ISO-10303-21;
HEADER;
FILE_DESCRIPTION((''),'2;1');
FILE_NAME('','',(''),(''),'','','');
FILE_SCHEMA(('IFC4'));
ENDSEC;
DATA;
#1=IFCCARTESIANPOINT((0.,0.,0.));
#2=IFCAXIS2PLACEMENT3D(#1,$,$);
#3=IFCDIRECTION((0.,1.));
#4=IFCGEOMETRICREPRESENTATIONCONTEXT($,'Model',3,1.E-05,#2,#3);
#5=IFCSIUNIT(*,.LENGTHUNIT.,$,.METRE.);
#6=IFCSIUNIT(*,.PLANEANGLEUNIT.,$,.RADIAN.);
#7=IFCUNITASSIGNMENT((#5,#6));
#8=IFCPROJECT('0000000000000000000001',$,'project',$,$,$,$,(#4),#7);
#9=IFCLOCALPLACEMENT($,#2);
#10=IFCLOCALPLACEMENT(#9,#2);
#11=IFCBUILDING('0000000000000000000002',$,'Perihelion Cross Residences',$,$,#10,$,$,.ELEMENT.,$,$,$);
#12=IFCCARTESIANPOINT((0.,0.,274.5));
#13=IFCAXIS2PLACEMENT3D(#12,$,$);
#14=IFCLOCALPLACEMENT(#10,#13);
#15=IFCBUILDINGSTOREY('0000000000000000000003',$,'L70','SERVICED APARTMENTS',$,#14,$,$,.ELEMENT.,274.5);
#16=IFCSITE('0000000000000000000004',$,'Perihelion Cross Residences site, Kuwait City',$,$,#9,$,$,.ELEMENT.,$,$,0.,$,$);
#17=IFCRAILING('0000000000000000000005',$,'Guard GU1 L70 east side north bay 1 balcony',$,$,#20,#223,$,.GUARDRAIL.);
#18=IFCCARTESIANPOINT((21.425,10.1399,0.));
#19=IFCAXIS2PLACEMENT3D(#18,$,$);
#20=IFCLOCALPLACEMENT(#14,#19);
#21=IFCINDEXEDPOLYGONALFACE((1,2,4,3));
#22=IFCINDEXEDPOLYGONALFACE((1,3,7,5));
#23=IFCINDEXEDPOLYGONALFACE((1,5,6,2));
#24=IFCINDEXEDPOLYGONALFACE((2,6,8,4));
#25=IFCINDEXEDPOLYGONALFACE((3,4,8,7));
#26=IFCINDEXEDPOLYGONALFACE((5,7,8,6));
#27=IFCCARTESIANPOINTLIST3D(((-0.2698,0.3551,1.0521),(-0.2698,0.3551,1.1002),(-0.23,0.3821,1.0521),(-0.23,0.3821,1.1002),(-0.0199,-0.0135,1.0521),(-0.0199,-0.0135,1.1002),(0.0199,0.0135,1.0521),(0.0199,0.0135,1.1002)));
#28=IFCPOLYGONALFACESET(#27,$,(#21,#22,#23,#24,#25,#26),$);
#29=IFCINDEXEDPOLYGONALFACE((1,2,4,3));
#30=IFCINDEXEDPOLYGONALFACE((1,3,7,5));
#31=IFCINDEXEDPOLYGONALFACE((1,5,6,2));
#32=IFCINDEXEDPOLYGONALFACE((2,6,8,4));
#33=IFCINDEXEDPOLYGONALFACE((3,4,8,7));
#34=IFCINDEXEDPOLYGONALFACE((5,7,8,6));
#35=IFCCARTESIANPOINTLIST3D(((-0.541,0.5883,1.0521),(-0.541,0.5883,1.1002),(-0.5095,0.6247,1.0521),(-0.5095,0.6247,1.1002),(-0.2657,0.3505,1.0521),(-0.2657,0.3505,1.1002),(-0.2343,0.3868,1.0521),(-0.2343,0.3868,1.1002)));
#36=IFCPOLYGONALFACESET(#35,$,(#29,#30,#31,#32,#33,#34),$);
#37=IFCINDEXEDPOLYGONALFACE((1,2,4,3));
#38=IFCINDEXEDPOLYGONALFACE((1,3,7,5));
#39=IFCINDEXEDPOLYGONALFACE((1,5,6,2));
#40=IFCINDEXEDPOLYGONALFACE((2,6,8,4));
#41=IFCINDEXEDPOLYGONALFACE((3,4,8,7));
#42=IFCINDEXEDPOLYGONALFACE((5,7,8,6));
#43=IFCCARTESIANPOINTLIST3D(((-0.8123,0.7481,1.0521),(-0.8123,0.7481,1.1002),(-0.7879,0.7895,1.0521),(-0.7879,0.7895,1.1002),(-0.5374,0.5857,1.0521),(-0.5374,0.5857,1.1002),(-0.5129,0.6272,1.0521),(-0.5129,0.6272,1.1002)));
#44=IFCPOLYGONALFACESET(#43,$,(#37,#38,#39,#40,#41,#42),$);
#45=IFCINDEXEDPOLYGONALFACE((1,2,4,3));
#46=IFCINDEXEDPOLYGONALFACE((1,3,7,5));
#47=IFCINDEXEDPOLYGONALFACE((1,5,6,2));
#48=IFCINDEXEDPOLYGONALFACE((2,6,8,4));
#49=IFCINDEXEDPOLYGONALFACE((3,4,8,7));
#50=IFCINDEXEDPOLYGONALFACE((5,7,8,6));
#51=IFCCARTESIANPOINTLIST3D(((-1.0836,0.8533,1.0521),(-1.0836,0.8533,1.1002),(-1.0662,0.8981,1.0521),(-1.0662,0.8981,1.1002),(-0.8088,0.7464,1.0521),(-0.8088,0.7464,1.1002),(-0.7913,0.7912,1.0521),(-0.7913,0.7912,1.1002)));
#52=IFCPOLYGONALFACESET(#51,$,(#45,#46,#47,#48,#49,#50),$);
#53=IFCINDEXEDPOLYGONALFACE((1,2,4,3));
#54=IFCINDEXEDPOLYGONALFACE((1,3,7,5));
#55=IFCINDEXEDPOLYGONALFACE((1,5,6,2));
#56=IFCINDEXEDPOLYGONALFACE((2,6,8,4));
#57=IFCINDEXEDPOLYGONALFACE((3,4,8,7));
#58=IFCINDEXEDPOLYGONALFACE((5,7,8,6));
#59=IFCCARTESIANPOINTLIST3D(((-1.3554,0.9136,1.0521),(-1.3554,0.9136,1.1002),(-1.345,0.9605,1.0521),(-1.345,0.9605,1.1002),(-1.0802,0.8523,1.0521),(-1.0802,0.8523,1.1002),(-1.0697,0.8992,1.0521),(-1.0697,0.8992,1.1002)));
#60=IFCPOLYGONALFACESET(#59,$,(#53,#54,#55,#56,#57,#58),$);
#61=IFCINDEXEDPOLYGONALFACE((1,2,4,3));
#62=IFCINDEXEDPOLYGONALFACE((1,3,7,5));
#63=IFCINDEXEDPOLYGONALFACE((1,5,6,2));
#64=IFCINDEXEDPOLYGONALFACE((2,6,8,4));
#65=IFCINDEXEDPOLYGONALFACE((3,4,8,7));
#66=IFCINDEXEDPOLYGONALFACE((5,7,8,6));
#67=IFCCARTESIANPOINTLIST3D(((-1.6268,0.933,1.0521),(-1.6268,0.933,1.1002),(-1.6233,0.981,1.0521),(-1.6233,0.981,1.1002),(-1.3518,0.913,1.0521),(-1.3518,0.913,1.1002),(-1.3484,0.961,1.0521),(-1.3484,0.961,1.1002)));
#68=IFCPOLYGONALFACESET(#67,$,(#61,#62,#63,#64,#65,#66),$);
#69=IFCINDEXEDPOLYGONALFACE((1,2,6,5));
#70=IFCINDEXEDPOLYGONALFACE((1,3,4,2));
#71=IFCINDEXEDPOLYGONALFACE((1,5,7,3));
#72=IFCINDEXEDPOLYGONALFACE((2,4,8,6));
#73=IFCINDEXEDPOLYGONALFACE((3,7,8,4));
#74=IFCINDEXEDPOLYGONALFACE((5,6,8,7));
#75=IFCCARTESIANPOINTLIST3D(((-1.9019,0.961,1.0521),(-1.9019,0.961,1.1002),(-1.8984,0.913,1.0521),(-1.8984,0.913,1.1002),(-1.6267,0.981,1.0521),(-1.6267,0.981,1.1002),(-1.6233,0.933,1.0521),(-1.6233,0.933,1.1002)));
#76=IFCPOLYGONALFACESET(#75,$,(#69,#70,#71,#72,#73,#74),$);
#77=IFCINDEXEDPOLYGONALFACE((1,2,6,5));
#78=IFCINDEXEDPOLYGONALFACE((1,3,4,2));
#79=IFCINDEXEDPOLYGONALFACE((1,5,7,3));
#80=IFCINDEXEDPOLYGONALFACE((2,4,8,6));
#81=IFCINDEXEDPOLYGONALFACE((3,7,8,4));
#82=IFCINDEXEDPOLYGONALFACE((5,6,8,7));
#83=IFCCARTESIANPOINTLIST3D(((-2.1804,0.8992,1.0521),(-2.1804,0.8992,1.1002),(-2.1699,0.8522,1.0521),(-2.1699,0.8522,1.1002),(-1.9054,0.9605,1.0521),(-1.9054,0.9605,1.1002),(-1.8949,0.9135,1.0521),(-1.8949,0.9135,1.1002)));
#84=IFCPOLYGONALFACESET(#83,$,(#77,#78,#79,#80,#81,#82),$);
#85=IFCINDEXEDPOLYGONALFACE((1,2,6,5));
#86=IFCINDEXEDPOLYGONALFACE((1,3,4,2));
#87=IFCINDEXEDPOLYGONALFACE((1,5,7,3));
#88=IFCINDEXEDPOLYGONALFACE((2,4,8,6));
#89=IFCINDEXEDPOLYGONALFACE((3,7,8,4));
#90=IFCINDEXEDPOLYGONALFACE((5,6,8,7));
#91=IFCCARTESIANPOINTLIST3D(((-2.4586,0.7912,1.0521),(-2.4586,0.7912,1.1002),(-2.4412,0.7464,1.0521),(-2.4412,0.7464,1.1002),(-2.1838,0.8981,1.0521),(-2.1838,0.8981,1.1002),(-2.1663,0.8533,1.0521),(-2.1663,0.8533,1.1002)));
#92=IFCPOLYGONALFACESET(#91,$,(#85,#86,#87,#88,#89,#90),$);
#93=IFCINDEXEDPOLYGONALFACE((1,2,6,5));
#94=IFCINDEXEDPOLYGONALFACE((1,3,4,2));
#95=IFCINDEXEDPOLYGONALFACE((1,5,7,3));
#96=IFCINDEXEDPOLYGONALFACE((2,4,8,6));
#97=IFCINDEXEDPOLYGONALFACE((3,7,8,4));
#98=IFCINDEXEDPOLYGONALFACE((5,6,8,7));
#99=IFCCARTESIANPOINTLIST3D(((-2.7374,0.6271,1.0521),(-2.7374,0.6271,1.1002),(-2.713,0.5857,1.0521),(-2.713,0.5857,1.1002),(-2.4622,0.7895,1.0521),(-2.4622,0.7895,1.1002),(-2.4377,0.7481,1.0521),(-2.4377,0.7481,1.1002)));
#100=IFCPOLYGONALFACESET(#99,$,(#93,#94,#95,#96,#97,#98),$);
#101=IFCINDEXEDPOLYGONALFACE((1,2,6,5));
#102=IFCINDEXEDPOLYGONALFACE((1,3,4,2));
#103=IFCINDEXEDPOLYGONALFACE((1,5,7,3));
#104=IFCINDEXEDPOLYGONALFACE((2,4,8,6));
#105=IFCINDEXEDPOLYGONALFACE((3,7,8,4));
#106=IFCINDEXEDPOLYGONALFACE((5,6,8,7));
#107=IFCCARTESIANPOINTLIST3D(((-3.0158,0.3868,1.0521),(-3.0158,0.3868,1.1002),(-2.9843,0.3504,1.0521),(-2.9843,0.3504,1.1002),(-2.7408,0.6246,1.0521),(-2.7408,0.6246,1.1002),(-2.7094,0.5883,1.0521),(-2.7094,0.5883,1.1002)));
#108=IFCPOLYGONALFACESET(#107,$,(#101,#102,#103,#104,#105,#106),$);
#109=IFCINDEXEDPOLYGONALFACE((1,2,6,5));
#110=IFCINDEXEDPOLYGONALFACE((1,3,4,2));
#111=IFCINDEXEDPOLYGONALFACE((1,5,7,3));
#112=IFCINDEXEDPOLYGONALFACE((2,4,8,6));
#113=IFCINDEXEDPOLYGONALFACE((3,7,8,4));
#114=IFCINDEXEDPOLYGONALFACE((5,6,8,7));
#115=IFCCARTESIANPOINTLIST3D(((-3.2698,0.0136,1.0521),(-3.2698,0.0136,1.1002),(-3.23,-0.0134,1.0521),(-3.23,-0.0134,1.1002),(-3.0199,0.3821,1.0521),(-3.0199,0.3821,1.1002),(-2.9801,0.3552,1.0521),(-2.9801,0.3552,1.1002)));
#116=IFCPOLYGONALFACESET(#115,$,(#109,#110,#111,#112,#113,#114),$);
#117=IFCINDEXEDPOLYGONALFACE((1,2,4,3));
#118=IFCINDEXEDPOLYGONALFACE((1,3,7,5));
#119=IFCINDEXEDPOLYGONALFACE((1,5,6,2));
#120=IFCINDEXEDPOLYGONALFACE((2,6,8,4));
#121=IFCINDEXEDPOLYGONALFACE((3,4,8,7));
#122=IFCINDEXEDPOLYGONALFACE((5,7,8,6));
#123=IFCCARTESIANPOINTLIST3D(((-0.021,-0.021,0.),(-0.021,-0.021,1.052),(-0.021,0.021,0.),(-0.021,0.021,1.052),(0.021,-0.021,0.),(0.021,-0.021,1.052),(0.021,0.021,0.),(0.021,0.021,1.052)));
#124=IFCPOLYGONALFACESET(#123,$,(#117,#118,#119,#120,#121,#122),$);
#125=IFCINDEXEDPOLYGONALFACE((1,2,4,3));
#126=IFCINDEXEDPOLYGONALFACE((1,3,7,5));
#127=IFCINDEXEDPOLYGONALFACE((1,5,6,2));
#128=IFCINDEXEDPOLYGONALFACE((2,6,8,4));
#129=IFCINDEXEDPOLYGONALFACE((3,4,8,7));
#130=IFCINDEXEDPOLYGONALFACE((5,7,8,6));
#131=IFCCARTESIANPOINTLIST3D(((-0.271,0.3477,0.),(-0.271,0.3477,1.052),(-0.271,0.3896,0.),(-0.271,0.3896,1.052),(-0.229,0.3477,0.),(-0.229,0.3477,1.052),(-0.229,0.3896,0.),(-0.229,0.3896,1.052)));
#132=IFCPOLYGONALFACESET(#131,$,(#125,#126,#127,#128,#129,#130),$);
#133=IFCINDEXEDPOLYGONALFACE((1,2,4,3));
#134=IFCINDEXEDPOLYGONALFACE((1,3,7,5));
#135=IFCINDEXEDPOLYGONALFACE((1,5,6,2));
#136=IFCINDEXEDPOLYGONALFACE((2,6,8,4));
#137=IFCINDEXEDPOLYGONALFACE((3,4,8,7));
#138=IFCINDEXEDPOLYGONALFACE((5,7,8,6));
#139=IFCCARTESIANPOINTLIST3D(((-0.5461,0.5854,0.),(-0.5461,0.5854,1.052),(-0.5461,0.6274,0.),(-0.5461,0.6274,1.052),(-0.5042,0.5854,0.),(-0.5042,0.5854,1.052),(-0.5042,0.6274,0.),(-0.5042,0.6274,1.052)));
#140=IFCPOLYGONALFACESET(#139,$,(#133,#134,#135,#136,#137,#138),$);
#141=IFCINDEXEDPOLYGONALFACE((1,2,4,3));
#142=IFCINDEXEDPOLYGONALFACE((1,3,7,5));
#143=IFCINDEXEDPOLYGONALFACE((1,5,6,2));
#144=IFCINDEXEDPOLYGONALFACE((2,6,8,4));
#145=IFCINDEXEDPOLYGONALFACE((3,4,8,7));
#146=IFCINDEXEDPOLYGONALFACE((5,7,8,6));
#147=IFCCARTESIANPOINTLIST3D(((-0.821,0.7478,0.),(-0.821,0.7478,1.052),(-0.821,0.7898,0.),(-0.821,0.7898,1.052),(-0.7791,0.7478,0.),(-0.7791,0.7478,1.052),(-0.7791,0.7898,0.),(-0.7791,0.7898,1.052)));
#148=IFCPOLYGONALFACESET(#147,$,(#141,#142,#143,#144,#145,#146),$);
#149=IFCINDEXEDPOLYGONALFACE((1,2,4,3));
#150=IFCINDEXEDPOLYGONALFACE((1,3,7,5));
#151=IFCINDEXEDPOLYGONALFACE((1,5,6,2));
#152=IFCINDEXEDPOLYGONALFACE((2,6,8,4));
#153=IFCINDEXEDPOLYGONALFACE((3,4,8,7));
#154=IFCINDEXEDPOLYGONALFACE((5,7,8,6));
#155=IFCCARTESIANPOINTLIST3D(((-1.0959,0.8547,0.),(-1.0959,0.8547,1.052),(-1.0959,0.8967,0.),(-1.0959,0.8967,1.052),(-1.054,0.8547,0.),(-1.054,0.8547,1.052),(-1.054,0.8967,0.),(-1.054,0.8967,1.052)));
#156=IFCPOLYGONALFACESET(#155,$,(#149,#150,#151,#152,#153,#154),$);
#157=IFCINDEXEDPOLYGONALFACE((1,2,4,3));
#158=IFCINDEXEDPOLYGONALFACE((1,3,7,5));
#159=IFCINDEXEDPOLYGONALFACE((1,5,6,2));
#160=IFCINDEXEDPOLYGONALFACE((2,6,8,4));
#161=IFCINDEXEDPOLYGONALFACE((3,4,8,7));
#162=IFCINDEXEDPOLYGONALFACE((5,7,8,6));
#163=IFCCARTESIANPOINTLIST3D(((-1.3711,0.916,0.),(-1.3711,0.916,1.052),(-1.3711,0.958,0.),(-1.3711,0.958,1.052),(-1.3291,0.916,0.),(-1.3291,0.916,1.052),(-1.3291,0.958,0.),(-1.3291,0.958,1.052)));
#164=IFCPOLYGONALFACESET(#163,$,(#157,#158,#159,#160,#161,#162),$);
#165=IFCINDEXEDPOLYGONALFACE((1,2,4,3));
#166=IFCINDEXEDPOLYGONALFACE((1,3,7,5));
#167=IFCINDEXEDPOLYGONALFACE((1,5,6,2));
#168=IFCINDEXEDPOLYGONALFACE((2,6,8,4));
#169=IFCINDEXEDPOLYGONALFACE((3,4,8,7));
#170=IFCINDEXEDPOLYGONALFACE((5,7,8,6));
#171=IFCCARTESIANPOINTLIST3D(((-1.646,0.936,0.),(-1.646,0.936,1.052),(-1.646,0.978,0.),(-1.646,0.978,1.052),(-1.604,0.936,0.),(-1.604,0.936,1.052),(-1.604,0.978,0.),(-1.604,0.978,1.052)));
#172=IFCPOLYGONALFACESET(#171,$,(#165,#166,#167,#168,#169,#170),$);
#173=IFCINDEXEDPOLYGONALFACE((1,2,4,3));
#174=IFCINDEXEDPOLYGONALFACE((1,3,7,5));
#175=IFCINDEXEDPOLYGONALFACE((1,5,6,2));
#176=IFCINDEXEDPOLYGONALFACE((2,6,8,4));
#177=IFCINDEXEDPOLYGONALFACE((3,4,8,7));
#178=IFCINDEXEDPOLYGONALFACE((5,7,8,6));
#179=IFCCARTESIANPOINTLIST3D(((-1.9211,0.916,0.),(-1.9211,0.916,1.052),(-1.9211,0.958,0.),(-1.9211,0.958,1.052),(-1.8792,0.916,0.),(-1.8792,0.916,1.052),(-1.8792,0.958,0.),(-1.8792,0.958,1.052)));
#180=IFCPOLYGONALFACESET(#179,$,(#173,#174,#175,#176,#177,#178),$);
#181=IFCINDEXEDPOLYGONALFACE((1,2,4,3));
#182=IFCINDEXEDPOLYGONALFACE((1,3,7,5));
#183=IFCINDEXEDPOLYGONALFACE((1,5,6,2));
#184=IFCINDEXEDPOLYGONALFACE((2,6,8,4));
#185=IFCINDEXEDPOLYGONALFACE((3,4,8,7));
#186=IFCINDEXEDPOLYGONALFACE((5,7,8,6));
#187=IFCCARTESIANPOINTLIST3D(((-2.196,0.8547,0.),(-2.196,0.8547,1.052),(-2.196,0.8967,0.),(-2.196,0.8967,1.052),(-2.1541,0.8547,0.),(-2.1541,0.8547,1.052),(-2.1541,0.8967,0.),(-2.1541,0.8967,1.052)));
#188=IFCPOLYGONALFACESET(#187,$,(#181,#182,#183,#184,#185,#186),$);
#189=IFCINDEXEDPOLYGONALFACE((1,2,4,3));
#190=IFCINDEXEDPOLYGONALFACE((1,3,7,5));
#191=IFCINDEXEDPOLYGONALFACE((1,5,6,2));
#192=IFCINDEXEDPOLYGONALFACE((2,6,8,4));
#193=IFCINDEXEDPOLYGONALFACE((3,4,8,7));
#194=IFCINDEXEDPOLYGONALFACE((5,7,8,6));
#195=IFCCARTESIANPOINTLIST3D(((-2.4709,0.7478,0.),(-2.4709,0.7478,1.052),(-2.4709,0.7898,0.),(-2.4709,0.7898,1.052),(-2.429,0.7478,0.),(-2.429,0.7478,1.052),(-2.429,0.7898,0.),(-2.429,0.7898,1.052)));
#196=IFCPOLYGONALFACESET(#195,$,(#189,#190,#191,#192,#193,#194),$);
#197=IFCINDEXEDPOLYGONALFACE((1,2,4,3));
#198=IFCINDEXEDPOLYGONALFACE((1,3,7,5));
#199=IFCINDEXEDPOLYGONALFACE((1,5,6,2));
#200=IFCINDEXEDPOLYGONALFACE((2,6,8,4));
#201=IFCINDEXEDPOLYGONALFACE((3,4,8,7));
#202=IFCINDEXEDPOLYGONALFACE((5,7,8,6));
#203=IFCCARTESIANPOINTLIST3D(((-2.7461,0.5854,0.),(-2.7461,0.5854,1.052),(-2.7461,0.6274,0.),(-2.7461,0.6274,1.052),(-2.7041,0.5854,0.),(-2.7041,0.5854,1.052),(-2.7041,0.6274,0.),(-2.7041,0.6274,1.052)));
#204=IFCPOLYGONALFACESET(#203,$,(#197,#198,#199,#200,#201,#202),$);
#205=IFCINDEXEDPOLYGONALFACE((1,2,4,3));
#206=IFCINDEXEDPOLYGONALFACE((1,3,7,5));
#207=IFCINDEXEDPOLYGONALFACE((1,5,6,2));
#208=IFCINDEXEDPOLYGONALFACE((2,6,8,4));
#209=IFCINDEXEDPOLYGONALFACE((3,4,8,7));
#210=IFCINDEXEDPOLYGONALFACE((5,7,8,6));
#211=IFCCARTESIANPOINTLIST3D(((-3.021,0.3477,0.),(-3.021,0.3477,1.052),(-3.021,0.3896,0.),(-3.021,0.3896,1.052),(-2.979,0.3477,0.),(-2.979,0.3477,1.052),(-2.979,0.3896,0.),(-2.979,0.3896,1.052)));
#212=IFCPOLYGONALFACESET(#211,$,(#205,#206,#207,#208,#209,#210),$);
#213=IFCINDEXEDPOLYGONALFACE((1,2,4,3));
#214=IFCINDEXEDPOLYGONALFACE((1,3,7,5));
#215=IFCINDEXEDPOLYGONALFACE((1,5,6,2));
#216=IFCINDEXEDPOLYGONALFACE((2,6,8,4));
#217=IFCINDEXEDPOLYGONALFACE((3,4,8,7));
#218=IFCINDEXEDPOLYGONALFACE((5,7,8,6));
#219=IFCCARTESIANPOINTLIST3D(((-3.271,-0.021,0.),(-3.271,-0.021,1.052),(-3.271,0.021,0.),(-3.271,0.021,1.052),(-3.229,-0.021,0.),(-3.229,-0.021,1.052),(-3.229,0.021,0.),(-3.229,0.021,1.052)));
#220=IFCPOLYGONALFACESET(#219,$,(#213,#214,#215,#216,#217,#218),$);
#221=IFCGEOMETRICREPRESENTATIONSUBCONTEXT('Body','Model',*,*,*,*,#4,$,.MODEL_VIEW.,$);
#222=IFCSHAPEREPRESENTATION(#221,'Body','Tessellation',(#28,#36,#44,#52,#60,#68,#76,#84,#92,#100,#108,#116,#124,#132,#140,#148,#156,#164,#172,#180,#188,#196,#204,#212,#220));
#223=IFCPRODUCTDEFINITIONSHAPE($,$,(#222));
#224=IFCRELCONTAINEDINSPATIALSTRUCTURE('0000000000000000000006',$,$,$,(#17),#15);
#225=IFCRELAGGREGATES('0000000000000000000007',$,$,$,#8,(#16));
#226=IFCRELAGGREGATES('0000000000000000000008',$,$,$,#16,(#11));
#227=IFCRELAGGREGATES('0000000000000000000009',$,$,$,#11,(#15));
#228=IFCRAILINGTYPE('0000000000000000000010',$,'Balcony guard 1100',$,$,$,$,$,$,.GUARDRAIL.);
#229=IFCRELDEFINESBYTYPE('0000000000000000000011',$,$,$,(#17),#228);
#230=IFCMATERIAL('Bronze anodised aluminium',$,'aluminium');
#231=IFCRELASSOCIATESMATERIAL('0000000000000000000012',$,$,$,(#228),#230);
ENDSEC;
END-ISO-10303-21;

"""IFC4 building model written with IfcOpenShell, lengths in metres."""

from ifc_helpers import new_model, si_unit, direction, frame, origin, origin_2d, place, context, subcontext, project, spatial, rectangle, extrude, material, type_object, element, save


model = new_model("IFC4")

# Units and contexts
model_context = context("Model", 3, precision=1e-05, world=origin(), true_north=direction((0.0, 1.0)))
body_context = subcontext(model_context, "Body", "Model", "MODEL_VIEW")
ifc_project = project(units=[si_unit("LENGTHUNIT", "METRE"), si_unit("PLANEANGLEUNIT", "RADIAN")], contexts=[model_context])

# Site, building, storey
site_placement = place(None, origin())
site = spatial("IfcSite", under=ifc_project, at=site_placement, Name="Perihelion Cross Residences site, Kuwait City", CompositionType="ELEMENT", RefElevation=0.0)
building_placement = place(site_placement, origin())
building = spatial("IfcBuilding", under=site, at=building_placement, Name="Perihelion Cross Residences", CompositionType="ELEMENT")
storey_placement = place(building_placement, frame((0.0, 0.0, 274.5)))
storey = spatial("IfcBuildingStorey", under=building, at=storey_placement, Name="L70", Description="SERVICED APARTMENTS", CompositionType="ELEMENT", Elevation=274.5)

# Railing
ifc_material_1 = material(Name="Bronze anodised aluminium", Category="aluminium")
railing_type_1 = type_object("IfcRailingType", Name="Balcony guard 1100", PredefinedType="GUARDRAIL", material=ifc_material_1)
railing_1_placement = place(storey_placement, frame((21.425, 10.1399, 0.0)))
element("IfcRailing", 1, at=railing_1_placement, inside=storey, type_object=railing_type_1, Name="Guard GU1 L70 east side north bay 1 balcony", PredefinedType="GUARDRAIL", context=body_context, shape_type="SweptSolid", body=[
    extrude(rectangle(XDim=0.0481, YDim=0.0481, at=origin_2d()), frame((0.0, 0.0, 1.0762), z_axis=(-0.56126, 0.827639, 0.0), x_axis=(-0.827639, -0.56126, 0.0)), (0.0, 0.0, 1.0), 0.4453),
    extrude(rectangle(XDim=0.0481, YDim=0.0481, at=origin_2d()), frame((-0.25, 0.3687, 1.0762), z_axis=(-0.756597, 0.653882, 0.0), x_axis=(-0.653882, -0.756597, 0.0)), (0.0, 0.0, 1.0), 0.3638),
    extrude(rectangle(XDim=0.0481, YDim=0.0481, at=origin_2d()), frame((-0.5251, 0.6064, 1.0762), z_axis=(-0.861048, 0.508523, 0.0), x_axis=(-0.508523, -0.861048, 0.0)), (0.0, 0.0, 1.0), 0.3193),
    extrude(rectangle(XDim=0.0481, YDim=0.0481, at=origin_2d()), frame((-0.8, 0.7688, 1.0762), z_axis=(-0.931974, 0.362526, 0.0), x_axis=(-0.362526, -0.931974, 0.0)), (0.0, 0.0, 1.0), 0.2949),
    extrude(rectangle(XDim=0.0481, YDim=0.0481, at=origin_2d()), frame((-1.075, 0.8757, 1.0762), z_axis=(-0.976085, 0.217389, 0.0), x_axis=(-0.217389, -0.976085, 0.0)), (0.0, 0.0, 1.0), 0.282),
    extrude(rectangle(XDim=0.0481, YDim=0.0481, at=origin_2d()), frame((-1.3501, 0.937, 1.0762), z_axis=(-0.997359, 0.072632, 0.0), x_axis=(-0.072632, -0.997359, 0.0)), (0.0, 0.0, 1.0), 0.2756),
    extrude(rectangle(XDim=0.0481, YDim=0.0481, at=origin_2d()), frame((-1.625, 0.957, 1.0762), z_axis=(-0.997363, -0.072568, 0.0), x_axis=(0.072568, -0.997363, 0.0)), (0.0, 0.0, 1.0), 0.2759),
    extrude(rectangle(XDim=0.0481, YDim=0.0481, at=origin_2d()), frame((-1.9001, 0.937, 1.0762), z_axis=(-0.976044, -0.217573, 0.0), x_axis=(0.217573, -0.976044, 0.0)), (0.0, 0.0, 1.0), 0.2817),
    extrude(rectangle(XDim=0.0481, YDim=0.0481, at=origin_2d()), frame((-2.175, 0.8757, 1.0762), z_axis=(-0.931974, -0.362526, 0.0), x_axis=(0.362526, -0.931974, 0.0)), (0.0, 0.0, 1.0), 0.2949),
    extrude(rectangle(XDim=0.0481, YDim=0.0481, at=origin_2d()), frame((-2.45, 0.7688, 1.0762), z_axis=(-0.861246, -0.508189, 0.0), x_axis=(0.508189, -0.861246, 0.0)), (0.0, 0.0, 1.0), 0.3196),
    extrude(rectangle(XDim=0.0481, YDim=0.0481, at=origin_2d()), frame((-2.7251, 0.6064, 1.0762), z_axis=(-0.756309, -0.654214, 0.0), x_axis=(0.654214, -0.756309, 0.0)), (0.0, 0.0, 1.0), 0.3635),
    extrude(rectangle(XDim=0.0481, YDim=0.0481, at=origin_2d()), frame((-3.0, 0.3687, 1.0762), z_axis=(-0.56126, -0.827639, 0.0), x_axis=(0.827639, -0.56126, 0.0)), (0.0, 0.0, 1.0), 0.4453),
    extrude(rectangle(XDim=0.042, YDim=0.042, at=origin_2d()), origin(), (0.0, 0.0, 1.0), 1.052),
    extrude(rectangle(XDim=0.042, YDim=0.042, at=origin_2d()), frame((-0.25, 0.3687, 0.0)), (0.0, 0.0, 1.0), 1.052),
    extrude(rectangle(XDim=0.042, YDim=0.042, at=origin_2d()), frame((-0.5251, 0.6064, 0.0)), (0.0, 0.0, 1.0), 1.052),
    extrude(rectangle(XDim=0.042, YDim=0.042, at=origin_2d()), frame((-0.8, 0.7688, 0.0)), (0.0, 0.0, 1.0), 1.052),
    extrude(rectangle(XDim=0.042, YDim=0.042, at=origin_2d()), frame((-1.075, 0.8757, 0.0)), (0.0, 0.0, 1.0), 1.052),
    extrude(rectangle(XDim=0.042, YDim=0.042, at=origin_2d()), frame((-1.3501, 0.937, 0.0)), (0.0, 0.0, 1.0), 1.052),
    extrude(rectangle(XDim=0.042, YDim=0.042, at=origin_2d()), frame((-1.625, 0.957, 0.0)), (0.0, 0.0, 1.0), 1.052),
    extrude(rectangle(XDim=0.042, YDim=0.042, at=origin_2d()), frame((-1.9001, 0.937, 0.0)), (0.0, 0.0, 1.0), 1.052),
    extrude(rectangle(XDim=0.042, YDim=0.042, at=origin_2d()), frame((-2.175, 0.8757, 0.0)), (0.0, 0.0, 1.0), 1.052),
    extrude(rectangle(XDim=0.042, YDim=0.042, at=origin_2d()), frame((-2.45, 0.7688, 0.0)), (0.0, 0.0, 1.0), 1.052),
    extrude(rectangle(XDim=0.042, YDim=0.042, at=origin_2d()), frame((-2.7251, 0.6064, 0.0)), (0.0, 0.0, 1.0), 1.052),
    extrude(rectangle(XDim=0.042, YDim=0.042, at=origin_2d()), frame((-3.0, 0.3687, 0.0)), (0.0, 0.0, 1.0), 1.052),
    extrude(rectangle(XDim=0.042, YDim=0.042, at=origin_2d()), frame((-3.25, 0.0, 0.0)), (0.0, 0.0, 1.0), 1.052),
])

save(model, "model.ifc")
